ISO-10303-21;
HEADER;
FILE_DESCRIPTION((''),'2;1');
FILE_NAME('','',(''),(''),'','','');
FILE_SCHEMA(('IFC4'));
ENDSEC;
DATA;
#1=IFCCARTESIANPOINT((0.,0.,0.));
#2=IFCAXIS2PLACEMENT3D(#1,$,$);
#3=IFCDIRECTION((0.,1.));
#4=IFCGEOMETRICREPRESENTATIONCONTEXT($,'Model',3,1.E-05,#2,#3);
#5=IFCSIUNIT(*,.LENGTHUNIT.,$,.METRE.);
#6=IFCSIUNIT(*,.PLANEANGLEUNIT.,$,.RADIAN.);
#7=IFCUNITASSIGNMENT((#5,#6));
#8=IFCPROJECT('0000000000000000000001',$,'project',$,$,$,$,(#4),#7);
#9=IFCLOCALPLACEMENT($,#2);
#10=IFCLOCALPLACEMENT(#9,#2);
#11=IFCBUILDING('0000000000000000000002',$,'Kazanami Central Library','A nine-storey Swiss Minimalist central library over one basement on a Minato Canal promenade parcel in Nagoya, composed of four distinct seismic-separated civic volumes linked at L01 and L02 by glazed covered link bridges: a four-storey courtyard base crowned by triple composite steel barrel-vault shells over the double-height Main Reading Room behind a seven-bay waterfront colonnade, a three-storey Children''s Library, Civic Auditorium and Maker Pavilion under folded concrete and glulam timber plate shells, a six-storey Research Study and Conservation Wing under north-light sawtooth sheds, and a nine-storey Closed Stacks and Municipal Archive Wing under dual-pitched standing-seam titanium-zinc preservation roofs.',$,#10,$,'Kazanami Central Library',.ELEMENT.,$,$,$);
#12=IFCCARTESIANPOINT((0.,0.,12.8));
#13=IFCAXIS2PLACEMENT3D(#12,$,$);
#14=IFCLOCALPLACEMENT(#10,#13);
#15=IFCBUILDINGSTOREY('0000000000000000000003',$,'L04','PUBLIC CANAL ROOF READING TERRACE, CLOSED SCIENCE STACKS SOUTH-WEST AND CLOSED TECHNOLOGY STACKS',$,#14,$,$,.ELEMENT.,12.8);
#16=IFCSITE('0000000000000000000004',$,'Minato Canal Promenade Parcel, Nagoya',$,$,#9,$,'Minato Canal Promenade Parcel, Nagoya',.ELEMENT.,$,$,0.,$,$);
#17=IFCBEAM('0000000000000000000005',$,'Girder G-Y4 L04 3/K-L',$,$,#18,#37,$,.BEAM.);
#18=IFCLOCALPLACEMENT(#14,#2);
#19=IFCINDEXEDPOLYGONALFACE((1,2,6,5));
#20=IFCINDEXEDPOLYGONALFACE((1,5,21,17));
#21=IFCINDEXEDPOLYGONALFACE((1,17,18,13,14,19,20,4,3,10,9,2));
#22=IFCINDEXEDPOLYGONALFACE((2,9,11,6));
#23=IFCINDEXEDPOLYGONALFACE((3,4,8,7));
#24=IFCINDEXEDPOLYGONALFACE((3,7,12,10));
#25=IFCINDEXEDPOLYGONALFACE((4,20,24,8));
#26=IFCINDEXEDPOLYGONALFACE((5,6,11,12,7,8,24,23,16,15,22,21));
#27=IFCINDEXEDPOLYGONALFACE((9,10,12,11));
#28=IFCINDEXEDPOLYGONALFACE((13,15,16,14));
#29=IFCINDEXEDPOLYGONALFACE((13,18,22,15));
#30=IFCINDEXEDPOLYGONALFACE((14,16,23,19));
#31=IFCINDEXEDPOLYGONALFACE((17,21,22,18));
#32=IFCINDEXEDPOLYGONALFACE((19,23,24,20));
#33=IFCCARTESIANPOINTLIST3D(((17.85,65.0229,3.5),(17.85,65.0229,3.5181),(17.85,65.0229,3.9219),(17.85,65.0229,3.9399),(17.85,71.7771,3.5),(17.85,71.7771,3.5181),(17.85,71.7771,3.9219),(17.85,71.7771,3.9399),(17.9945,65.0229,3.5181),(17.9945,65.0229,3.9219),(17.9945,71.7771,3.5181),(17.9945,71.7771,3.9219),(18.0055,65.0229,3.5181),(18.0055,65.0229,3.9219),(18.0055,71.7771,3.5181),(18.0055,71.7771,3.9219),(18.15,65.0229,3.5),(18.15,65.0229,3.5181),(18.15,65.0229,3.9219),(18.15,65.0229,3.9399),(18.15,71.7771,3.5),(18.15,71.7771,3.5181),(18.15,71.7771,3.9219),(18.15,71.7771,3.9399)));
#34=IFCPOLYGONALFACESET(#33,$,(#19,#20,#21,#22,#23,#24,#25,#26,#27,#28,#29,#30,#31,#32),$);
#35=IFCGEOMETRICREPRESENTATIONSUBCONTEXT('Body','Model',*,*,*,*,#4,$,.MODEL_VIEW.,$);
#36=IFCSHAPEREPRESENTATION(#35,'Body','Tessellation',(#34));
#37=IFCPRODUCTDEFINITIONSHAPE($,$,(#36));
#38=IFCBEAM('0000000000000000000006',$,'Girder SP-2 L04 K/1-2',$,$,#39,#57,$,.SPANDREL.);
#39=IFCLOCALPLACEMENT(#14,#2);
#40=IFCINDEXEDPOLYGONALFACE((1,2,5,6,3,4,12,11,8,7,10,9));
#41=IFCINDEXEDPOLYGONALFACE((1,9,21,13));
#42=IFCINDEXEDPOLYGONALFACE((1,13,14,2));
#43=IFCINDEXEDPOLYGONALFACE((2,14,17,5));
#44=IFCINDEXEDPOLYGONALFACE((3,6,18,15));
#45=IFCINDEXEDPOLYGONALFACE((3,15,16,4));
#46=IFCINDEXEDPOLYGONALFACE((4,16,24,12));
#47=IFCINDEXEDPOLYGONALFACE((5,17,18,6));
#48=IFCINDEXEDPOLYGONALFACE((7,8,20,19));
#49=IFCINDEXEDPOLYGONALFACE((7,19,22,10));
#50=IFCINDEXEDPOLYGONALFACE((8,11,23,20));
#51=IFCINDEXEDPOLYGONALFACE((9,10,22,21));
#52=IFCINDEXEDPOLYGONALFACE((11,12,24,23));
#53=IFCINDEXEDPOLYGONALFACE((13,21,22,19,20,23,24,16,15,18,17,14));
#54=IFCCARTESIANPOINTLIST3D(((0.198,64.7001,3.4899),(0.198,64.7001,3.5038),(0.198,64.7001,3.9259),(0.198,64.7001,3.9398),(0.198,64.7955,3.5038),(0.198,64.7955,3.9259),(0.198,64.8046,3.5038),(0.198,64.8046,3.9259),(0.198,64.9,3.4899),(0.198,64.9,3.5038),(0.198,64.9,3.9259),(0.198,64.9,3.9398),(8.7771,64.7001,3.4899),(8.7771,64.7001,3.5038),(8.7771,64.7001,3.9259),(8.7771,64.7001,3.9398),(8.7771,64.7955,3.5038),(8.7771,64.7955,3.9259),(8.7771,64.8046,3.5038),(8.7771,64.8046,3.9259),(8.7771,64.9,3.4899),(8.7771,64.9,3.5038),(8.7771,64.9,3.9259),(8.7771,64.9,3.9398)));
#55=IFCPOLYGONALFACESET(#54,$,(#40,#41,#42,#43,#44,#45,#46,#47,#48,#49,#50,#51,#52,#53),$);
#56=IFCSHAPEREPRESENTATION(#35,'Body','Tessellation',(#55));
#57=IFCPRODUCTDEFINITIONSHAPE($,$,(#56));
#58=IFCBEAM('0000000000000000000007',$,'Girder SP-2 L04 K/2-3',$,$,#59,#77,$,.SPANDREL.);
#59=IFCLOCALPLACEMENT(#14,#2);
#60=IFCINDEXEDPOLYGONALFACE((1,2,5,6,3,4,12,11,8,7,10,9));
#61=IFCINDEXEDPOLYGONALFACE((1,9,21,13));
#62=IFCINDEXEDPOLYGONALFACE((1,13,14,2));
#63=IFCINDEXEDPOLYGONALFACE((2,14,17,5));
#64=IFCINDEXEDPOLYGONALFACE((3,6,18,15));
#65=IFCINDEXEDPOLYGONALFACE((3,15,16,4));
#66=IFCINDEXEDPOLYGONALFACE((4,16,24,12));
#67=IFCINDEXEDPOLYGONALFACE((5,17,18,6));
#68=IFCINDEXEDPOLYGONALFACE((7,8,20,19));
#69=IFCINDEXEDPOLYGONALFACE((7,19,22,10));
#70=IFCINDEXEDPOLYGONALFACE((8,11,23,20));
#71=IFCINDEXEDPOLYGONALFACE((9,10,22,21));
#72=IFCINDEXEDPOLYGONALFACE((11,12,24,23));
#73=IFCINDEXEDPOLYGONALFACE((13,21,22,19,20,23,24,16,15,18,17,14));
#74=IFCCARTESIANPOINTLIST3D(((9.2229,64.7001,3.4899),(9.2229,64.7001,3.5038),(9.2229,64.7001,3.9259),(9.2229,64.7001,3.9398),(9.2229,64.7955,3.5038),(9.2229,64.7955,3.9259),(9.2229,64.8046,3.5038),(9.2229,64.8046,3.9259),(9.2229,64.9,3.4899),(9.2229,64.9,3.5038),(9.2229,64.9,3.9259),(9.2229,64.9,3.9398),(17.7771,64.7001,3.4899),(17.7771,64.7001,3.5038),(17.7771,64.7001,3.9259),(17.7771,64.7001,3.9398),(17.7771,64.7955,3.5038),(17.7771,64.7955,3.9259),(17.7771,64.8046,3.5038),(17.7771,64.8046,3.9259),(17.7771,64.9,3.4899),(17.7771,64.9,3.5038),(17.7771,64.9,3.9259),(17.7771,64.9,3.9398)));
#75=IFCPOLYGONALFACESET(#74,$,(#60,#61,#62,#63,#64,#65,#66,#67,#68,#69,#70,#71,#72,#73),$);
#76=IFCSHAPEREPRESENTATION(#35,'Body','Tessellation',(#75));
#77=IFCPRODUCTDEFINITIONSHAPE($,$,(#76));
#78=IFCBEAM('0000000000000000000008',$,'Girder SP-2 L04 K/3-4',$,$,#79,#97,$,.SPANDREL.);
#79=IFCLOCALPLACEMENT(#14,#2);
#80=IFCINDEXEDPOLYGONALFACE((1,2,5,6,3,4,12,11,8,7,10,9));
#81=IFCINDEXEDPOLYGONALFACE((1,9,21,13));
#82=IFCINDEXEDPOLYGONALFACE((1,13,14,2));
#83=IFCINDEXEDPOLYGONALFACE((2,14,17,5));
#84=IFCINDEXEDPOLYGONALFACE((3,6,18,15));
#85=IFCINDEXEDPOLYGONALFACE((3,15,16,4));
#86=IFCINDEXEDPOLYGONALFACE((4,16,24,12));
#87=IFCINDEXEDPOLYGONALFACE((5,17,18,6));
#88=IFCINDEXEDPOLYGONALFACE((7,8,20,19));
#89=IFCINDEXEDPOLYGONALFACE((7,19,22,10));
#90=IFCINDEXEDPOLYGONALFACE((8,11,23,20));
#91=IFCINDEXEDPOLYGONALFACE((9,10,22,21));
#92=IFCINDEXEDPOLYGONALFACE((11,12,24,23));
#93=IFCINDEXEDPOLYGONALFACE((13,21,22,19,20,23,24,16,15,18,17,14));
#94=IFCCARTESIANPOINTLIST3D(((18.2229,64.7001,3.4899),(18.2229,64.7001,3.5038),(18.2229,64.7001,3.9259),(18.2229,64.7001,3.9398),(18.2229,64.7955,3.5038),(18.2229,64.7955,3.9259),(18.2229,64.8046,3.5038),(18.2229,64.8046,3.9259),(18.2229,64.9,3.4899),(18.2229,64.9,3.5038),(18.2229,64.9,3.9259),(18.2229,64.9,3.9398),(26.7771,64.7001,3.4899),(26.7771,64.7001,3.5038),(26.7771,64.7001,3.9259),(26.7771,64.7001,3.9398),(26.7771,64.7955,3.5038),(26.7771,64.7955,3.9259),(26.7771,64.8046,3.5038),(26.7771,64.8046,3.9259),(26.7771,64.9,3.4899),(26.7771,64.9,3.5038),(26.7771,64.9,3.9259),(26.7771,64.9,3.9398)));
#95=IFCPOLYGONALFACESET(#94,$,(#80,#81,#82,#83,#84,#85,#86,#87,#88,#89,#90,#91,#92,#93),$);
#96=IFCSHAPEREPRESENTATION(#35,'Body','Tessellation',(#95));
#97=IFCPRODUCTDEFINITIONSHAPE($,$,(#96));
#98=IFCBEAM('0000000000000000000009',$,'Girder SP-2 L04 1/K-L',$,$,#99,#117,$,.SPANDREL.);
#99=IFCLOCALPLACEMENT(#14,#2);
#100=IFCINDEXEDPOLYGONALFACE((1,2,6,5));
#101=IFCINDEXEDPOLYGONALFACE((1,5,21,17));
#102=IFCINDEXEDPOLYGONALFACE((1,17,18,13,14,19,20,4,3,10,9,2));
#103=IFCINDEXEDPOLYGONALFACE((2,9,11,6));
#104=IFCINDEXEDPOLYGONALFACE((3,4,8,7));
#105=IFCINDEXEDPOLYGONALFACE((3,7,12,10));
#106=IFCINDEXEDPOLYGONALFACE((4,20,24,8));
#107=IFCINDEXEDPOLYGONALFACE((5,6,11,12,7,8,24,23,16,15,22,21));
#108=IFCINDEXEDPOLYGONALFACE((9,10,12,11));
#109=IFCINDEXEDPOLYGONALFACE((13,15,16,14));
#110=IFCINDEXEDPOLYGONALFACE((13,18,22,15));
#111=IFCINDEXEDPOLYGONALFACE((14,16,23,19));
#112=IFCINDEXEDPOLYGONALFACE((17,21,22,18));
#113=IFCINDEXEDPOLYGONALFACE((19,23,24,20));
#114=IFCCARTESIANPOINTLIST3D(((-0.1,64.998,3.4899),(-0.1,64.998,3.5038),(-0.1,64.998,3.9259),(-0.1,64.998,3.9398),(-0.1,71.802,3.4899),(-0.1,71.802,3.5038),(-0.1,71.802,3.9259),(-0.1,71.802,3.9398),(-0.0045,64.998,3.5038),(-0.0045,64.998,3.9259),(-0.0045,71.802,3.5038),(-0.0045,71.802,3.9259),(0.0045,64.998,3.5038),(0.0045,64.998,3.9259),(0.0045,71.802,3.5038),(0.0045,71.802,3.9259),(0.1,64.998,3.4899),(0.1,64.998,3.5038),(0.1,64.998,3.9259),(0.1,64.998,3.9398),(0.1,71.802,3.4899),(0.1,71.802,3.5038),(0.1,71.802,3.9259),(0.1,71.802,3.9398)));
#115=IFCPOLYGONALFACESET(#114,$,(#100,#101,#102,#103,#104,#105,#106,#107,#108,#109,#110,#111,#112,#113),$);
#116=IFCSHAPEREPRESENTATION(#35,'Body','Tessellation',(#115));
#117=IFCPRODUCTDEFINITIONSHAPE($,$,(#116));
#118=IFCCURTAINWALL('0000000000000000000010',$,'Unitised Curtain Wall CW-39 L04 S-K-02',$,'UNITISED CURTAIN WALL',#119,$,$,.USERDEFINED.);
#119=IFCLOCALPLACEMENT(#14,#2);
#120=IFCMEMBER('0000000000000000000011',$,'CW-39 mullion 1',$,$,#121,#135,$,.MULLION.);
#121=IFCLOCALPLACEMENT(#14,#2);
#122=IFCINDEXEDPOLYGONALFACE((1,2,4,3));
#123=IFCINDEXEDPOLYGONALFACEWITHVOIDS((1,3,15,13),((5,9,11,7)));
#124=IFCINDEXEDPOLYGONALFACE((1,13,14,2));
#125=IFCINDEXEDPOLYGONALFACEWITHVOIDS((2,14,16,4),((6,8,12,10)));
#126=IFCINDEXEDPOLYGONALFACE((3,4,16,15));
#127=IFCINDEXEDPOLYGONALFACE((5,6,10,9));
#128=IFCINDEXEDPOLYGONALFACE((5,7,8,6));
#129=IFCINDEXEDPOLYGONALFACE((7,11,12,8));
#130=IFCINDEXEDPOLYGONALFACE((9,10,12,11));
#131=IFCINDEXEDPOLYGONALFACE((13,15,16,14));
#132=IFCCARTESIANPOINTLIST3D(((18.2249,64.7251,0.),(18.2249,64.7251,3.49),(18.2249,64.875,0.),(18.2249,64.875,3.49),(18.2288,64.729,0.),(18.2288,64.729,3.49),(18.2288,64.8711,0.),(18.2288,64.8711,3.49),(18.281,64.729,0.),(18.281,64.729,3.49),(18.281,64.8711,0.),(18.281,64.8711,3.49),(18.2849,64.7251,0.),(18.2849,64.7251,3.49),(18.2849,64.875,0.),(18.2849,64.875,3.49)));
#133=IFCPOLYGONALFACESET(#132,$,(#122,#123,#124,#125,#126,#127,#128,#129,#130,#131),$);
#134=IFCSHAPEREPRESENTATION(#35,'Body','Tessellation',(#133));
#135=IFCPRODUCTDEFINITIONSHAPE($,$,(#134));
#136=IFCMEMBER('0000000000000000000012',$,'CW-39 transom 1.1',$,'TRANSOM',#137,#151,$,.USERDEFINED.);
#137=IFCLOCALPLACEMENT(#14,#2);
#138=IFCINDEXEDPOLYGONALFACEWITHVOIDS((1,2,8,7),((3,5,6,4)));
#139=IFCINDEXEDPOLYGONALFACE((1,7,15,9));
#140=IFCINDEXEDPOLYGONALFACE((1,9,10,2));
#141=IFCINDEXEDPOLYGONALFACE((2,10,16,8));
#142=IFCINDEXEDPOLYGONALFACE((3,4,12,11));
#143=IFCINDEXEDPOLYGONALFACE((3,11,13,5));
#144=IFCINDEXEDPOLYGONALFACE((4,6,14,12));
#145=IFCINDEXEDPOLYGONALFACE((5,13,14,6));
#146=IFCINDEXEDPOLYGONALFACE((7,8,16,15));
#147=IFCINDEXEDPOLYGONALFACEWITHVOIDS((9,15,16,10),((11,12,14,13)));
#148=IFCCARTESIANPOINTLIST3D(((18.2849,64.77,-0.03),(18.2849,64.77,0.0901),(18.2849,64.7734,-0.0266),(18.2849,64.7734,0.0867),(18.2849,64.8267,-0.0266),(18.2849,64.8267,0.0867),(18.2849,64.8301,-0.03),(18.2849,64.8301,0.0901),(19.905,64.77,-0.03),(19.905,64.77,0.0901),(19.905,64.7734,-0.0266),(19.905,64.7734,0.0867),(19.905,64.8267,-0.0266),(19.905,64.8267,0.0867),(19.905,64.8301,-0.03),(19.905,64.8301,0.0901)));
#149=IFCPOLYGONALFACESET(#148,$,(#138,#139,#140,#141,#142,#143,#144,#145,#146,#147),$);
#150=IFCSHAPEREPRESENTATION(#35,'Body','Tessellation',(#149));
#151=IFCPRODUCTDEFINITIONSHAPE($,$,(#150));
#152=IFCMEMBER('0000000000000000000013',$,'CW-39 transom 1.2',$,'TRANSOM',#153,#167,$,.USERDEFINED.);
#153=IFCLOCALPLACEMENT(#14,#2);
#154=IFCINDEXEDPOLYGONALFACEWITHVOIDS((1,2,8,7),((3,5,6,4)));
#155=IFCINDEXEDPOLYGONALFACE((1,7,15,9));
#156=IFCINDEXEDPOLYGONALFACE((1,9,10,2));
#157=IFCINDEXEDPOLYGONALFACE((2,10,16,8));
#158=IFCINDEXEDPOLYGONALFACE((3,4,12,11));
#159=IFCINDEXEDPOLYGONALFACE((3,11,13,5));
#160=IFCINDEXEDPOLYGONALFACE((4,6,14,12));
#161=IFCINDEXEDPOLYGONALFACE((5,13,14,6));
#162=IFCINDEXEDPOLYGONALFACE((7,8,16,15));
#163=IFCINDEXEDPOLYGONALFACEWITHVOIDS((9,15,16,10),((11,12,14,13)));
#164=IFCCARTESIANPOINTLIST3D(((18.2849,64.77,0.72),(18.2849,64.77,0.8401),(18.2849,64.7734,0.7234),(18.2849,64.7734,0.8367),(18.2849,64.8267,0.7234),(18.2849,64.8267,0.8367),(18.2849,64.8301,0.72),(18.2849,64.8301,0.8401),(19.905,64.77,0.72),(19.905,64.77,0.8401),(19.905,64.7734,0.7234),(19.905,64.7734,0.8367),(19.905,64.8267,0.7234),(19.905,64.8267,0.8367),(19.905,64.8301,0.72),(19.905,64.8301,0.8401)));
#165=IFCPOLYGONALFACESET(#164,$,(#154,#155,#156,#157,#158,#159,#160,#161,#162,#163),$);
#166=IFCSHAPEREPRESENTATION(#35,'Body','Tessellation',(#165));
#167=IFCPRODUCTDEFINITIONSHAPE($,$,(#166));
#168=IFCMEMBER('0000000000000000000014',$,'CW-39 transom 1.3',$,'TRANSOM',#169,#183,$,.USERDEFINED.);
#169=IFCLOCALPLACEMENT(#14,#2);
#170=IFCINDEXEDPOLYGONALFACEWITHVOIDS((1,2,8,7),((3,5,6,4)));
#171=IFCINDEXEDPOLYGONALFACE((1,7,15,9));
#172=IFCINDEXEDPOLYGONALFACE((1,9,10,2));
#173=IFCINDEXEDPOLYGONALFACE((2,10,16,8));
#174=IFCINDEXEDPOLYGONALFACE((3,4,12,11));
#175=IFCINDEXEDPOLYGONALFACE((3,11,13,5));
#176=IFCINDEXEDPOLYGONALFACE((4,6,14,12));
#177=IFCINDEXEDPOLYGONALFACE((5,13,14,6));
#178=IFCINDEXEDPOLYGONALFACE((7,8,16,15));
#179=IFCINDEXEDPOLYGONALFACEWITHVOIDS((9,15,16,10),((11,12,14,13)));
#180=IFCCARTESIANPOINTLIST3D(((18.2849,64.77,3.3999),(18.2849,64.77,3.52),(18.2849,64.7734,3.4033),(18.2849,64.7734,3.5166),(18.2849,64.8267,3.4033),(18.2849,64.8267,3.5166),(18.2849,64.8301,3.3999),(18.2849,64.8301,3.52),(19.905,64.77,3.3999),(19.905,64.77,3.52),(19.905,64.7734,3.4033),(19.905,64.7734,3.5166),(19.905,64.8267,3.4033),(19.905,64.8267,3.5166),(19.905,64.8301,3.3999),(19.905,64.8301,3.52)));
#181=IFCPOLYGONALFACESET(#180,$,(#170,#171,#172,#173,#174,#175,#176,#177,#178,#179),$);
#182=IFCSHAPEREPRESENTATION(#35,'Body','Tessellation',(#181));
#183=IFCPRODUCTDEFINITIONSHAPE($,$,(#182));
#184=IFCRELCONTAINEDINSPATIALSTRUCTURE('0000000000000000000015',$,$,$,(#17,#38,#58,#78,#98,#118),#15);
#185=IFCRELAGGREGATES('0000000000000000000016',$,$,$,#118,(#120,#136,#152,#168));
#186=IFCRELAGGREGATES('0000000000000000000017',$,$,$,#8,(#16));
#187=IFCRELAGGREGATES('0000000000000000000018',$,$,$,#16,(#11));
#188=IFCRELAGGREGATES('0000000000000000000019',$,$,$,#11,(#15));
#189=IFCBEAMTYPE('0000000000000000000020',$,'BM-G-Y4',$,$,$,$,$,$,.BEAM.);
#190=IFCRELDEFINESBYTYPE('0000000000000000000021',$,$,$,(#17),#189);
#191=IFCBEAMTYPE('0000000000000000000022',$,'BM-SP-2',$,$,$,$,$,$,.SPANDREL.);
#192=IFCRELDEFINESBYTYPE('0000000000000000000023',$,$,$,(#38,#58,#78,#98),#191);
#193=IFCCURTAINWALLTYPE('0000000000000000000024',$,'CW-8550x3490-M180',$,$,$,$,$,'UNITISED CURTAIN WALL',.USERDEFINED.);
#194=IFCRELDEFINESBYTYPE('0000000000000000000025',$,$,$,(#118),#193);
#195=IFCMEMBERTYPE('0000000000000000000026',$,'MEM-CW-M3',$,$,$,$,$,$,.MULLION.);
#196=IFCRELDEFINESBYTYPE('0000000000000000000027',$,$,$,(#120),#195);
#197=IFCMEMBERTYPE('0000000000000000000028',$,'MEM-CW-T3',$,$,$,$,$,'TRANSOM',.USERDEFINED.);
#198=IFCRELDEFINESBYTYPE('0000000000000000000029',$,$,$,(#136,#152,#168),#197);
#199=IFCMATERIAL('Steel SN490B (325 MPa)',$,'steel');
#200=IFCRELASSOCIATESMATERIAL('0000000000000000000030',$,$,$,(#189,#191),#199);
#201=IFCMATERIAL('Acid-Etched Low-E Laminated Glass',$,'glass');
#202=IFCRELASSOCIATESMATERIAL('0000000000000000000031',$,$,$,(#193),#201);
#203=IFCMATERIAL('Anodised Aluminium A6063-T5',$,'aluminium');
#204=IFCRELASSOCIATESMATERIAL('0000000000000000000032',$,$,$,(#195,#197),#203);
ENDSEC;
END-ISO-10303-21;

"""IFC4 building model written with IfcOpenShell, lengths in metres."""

from ifc_helpers import new_model, si_unit, direction, frame, origin, origin_2d, place, context, subcontext, project, spatial, hollow_rectangle, i_section, extrude, material, material_profile, profile_set, type_object, element, aggregate, save


model = new_model("IFC4")

# Units and contexts
model_context = context("Model", 3, precision=1e-05, world=origin(), true_north=direction((0.0, 1.0)))
body_context = subcontext(model_context, "Body", "Model", "MODEL_VIEW")
ifc_project = project(units=[si_unit("LENGTHUNIT", "METRE"), si_unit("PLANEANGLEUNIT", "RADIAN")], contexts=[model_context])

# Site, building, storey
site_placement = place(None, origin())
site = spatial("IfcSite", under=ifc_project, at=site_placement, Name="Minato Canal Promenade Parcel, Nagoya", LongName="Minato Canal Promenade Parcel, Nagoya", CompositionType="ELEMENT", RefElevation=0.0)
building_placement = place(site_placement, origin())
building = spatial("IfcBuilding", under=site, at=building_placement, Name="Kazanami Central Library", Description="A nine-storey Swiss Minimalist central library over one basement on a Minato Canal promenade parcel in Nagoya, composed of four distinct seismic-separated civic volumes linked at L01 and L02 by glazed covered link bridges: a four-storey courtyard base crowned by triple composite steel barrel-vault shells over the double-height Main Reading Room behind a seven-bay waterfront colonnade, a three-storey Children's Library, Civic Auditorium and Maker Pavilion under folded concrete and glulam timber plate shells, a six-storey Research Study and Conservation Wing under north-light sawtooth sheds, and a nine-storey Closed Stacks and Municipal Archive Wing under dual-pitched standing-seam titanium-zinc preservation roofs.", LongName="Kazanami Central Library", CompositionType="ELEMENT")
storey_placement = place(building_placement, frame((0.0, 0.0, 12.8)))
storey = spatial("IfcBuildingStorey", under=building, at=storey_placement, Name="L04", Description="PUBLIC CANAL ROOF READING TERRACE, CLOSED SCIENCE STACKS SOUTH-WEST AND CLOSED TECHNOLOGY STACKS", CompositionType="ELEMENT", Elevation=12.8)

# Beams
ifc_material_1 = material(Name="Steel SN490B (325 MPa)", Category="steel")
ifc_material_profile_1 = material_profile(ifc_material_1, i_section(OverallWidth=0.3, OverallDepth=0.4399, WebThickness=0.011, FlangeThickness=0.0181, at=origin_2d()), Name="H-440x300x11x18")
ifc_profile_set_1 = profile_set([ifc_material_profile_1], Name="Steel SN490B (325 MPa)")
beam_type_1 = type_object("IfcBeamType", Name="BM-G-Y4", PredefinedType="BEAM", material=ifc_profile_set_1)
for number, where, z_axis, x_axis, name in (
    (1, (18.0, 65.0229, 3.72), (0.0, 1.0, 0.0), (-1.0, 0.0, 0.0), "Girder G-Y4 L04 3/K-L"),
):
    element("IfcBeam", number, at=place(storey_placement, frame(where, z_axis=z_axis, x_axis=x_axis)), inside=storey, type_object=beam_type_1, Name=name, PredefinedType="BEAM", context=body_context, shape_type="SweptSolid", body=[
        extrude(i_section(OverallWidth=0.3, OverallDepth=0.4399, WebThickness=0.011, FlangeThickness=0.0181, at=origin_2d()), origin(), (0.0, 0.0, 1.0), 6.7542),
    ])
ifc_material_profile_2 = material_profile(ifc_material_1, i_section(OverallWidth=0.2, OverallDepth=0.45, WebThickness=0.009, FlangeThickness=0.0139, at=origin_2d()), Name="H-450x200x9x14")
ifc_profile_set_2 = profile_set([ifc_material_profile_2], Name="Steel SN490B (325 MPa)")
beam_type_2 = type_object("IfcBeamType", Name="BM-SP-2", PredefinedType="SPANDREL", material=ifc_profile_set_2)
beam_1_placement = place(storey_placement, frame((0.198, 64.8, 3.7148), z_axis=(1.0, 0.0, 0.0), x_axis=(0.0, 1.0, 0.0)))
element("IfcBeam", 2, at=beam_1_placement, inside=storey, type_object=beam_type_2, Name="Girder SP-2 L04 K/1-2", PredefinedType="SPANDREL", context=body_context, shape_type="SweptSolid", body=[
    extrude(i_section(OverallWidth=0.2, OverallDepth=0.45, WebThickness=0.009, FlangeThickness=0.0139, at=origin_2d()), origin(), (0.0, 0.0, 1.0), 8.5791),
])
for number, where, z_axis, x_axis, name in (
    (3, (9.2229, 64.8, 3.7148), (1.0, 0.0, 0.0), (0.0, 1.0, 0.0), "Girder SP-2 L04 K/2-3"),
    (4, (18.2229, 64.8, 3.7148), (1.0, 0.0, 0.0), (0.0, 1.0, 0.0), "Girder SP-2 L04 K/3-4"),
):
    element("IfcBeam", number, at=place(storey_placement, frame(where, z_axis=z_axis, x_axis=x_axis)), inside=storey, type_object=beam_type_2, Name=name, PredefinedType="SPANDREL", context=body_context, shape_type="SweptSolid", body=[
        extrude(i_section(OverallWidth=0.2, OverallDepth=0.45, WebThickness=0.009, FlangeThickness=0.0139, at=origin_2d()), origin(), (0.0, 0.0, 1.0), 8.5542),
    ])
beam_2_placement = place(storey_placement, frame((0.0, 64.998, 3.7148), z_axis=(0.0, 1.0, 0.0), x_axis=(-1.0, 0.0, 0.0)))
element("IfcBeam", 5, at=beam_2_placement, inside=storey, type_object=beam_type_2, Name="Girder SP-2 L04 1/K-L", PredefinedType="SPANDREL", context=body_context, shape_type="SweptSolid", body=[
    extrude(i_section(OverallWidth=0.2, OverallDepth=0.45, WebThickness=0.009, FlangeThickness=0.0139, at=origin_2d()), origin(), (0.0, 0.0, 1.0), 6.804),
])

# Curtain wall, members
ifc_material_2 = material(Name="Acid-Etched Low-E Laminated Glass", Category="glass")
curtain_wall_type = type_object("IfcCurtainWallType", Name="CW-8550x3490-M180", ElementType="UNITISED CURTAIN WALL", PredefinedType="USERDEFINED", material=ifc_material_2)
curtain_wall_placement = place(storey_placement, origin())
curtain_wall = element("IfcCurtainWall", 6, at=curtain_wall_placement, inside=storey, type_object=curtain_wall_type, Name="Unitised Curtain Wall CW-39 L04 S-K-02", ObjectType="UNITISED CURTAIN WALL", PredefinedType="USERDEFINED")
ifc_material_3 = material(Name="Anodised Aluminium A6063-T5", Category="aluminium")
ifc_material_profile_3 = material_profile(ifc_material_3, hollow_rectangle(XDim=0.0601, YDim=0.1499, WallThickness=0.0039, at=origin_2d()), Name="ALU-MULL-60x150x4")
ifc_profile_set_3 = profile_set([ifc_material_profile_3], Name="Anodised Aluminium A6063-T5")
member_type_1 = type_object("IfcMemberType", Name="MEM-CW-M3", PredefinedType="MULLION", material=ifc_profile_set_3)
member_1_placement = place(storey_placement, frame((18.2549, 64.8, 0.0), z_axis=(0.0, 0.0, 1.0), x_axis=(1.0, 0.0, 0.0)))
member_1 = element("IfcMember", 7, at=member_1_placement, type_object=member_type_1, Name="CW-39 mullion 1", PredefinedType="MULLION", context=body_context, shape_type="SweptSolid", body=[
    extrude(hollow_rectangle(XDim=0.0601, YDim=0.1499, WallThickness=0.0039, at=origin_2d()), origin(), (0.0, 0.0, 1.0), 3.49),
])
ifc_material_profile_4 = material_profile(ifc_material_3, hollow_rectangle(XDim=0.0601, YDim=0.1201, WallThickness=0.0034, at=origin_2d()), Name="ALU-TRAN-60x120x3.5")
ifc_profile_set_4 = profile_set([ifc_material_profile_4], Name="Anodised Aluminium A6063-T5")
member_type_2 = type_object("IfcMemberType", Name="MEM-CW-T3", ElementType="TRANSOM", PredefinedType="USERDEFINED", material=ifc_profile_set_4)
member_2_placement = place(storey_placement, frame((18.2849, 64.8, 0.03), z_axis=(1.0, 0.0, 0.0), x_axis=(0.0, 1.0, 0.0)))
member_2 = element("IfcMember", 8, at=member_2_placement, type_object=member_type_2, Name="CW-39 transom 1.1", ObjectType="TRANSOM", PredefinedType="USERDEFINED", context=body_context, shape_type="SweptSolid", body=[
    extrude(hollow_rectangle(XDim=0.0601, YDim=0.1201, WallThickness=0.0034, at=origin_2d()), origin(), (0.0, 0.0, 1.0), 1.6201),
])
member_3_placement = place(storey_placement, frame((18.2849, 64.8, 0.78), z_axis=(1.0, 0.0, 0.0), x_axis=(0.0, 1.0, 0.0)))
member_3 = element("IfcMember", 9, at=member_3_placement, type_object=member_type_2, Name="CW-39 transom 1.2", ObjectType="TRANSOM", PredefinedType="USERDEFINED", context=body_context, shape_type="SweptSolid", body=[
    extrude(hollow_rectangle(XDim=0.0601, YDim=0.1201, WallThickness=0.0034, at=origin_2d()), origin(), (0.0, 0.0, 1.0), 1.6201),
])
member_4_placement = place(storey_placement, frame((18.2849, 64.8, 3.46), z_axis=(1.0, 0.0, 0.0), x_axis=(0.0, 1.0, 0.0)))
member_4 = element("IfcMember", 10, at=member_4_placement, type_object=member_type_2, Name="CW-39 transom 1.3", ObjectType="TRANSOM", PredefinedType="USERDEFINED", context=body_context, shape_type="SweptSolid", body=[
    extrude(hollow_rectangle(XDim=0.0601, YDim=0.1201, WallThickness=0.0034, at=origin_2d()), origin(), (0.0, 0.0, 1.0), 1.6201),
])
aggregate(curtain_wall, [member_1, member_2, member_3, member_4])

save(model, "model.ifc")
